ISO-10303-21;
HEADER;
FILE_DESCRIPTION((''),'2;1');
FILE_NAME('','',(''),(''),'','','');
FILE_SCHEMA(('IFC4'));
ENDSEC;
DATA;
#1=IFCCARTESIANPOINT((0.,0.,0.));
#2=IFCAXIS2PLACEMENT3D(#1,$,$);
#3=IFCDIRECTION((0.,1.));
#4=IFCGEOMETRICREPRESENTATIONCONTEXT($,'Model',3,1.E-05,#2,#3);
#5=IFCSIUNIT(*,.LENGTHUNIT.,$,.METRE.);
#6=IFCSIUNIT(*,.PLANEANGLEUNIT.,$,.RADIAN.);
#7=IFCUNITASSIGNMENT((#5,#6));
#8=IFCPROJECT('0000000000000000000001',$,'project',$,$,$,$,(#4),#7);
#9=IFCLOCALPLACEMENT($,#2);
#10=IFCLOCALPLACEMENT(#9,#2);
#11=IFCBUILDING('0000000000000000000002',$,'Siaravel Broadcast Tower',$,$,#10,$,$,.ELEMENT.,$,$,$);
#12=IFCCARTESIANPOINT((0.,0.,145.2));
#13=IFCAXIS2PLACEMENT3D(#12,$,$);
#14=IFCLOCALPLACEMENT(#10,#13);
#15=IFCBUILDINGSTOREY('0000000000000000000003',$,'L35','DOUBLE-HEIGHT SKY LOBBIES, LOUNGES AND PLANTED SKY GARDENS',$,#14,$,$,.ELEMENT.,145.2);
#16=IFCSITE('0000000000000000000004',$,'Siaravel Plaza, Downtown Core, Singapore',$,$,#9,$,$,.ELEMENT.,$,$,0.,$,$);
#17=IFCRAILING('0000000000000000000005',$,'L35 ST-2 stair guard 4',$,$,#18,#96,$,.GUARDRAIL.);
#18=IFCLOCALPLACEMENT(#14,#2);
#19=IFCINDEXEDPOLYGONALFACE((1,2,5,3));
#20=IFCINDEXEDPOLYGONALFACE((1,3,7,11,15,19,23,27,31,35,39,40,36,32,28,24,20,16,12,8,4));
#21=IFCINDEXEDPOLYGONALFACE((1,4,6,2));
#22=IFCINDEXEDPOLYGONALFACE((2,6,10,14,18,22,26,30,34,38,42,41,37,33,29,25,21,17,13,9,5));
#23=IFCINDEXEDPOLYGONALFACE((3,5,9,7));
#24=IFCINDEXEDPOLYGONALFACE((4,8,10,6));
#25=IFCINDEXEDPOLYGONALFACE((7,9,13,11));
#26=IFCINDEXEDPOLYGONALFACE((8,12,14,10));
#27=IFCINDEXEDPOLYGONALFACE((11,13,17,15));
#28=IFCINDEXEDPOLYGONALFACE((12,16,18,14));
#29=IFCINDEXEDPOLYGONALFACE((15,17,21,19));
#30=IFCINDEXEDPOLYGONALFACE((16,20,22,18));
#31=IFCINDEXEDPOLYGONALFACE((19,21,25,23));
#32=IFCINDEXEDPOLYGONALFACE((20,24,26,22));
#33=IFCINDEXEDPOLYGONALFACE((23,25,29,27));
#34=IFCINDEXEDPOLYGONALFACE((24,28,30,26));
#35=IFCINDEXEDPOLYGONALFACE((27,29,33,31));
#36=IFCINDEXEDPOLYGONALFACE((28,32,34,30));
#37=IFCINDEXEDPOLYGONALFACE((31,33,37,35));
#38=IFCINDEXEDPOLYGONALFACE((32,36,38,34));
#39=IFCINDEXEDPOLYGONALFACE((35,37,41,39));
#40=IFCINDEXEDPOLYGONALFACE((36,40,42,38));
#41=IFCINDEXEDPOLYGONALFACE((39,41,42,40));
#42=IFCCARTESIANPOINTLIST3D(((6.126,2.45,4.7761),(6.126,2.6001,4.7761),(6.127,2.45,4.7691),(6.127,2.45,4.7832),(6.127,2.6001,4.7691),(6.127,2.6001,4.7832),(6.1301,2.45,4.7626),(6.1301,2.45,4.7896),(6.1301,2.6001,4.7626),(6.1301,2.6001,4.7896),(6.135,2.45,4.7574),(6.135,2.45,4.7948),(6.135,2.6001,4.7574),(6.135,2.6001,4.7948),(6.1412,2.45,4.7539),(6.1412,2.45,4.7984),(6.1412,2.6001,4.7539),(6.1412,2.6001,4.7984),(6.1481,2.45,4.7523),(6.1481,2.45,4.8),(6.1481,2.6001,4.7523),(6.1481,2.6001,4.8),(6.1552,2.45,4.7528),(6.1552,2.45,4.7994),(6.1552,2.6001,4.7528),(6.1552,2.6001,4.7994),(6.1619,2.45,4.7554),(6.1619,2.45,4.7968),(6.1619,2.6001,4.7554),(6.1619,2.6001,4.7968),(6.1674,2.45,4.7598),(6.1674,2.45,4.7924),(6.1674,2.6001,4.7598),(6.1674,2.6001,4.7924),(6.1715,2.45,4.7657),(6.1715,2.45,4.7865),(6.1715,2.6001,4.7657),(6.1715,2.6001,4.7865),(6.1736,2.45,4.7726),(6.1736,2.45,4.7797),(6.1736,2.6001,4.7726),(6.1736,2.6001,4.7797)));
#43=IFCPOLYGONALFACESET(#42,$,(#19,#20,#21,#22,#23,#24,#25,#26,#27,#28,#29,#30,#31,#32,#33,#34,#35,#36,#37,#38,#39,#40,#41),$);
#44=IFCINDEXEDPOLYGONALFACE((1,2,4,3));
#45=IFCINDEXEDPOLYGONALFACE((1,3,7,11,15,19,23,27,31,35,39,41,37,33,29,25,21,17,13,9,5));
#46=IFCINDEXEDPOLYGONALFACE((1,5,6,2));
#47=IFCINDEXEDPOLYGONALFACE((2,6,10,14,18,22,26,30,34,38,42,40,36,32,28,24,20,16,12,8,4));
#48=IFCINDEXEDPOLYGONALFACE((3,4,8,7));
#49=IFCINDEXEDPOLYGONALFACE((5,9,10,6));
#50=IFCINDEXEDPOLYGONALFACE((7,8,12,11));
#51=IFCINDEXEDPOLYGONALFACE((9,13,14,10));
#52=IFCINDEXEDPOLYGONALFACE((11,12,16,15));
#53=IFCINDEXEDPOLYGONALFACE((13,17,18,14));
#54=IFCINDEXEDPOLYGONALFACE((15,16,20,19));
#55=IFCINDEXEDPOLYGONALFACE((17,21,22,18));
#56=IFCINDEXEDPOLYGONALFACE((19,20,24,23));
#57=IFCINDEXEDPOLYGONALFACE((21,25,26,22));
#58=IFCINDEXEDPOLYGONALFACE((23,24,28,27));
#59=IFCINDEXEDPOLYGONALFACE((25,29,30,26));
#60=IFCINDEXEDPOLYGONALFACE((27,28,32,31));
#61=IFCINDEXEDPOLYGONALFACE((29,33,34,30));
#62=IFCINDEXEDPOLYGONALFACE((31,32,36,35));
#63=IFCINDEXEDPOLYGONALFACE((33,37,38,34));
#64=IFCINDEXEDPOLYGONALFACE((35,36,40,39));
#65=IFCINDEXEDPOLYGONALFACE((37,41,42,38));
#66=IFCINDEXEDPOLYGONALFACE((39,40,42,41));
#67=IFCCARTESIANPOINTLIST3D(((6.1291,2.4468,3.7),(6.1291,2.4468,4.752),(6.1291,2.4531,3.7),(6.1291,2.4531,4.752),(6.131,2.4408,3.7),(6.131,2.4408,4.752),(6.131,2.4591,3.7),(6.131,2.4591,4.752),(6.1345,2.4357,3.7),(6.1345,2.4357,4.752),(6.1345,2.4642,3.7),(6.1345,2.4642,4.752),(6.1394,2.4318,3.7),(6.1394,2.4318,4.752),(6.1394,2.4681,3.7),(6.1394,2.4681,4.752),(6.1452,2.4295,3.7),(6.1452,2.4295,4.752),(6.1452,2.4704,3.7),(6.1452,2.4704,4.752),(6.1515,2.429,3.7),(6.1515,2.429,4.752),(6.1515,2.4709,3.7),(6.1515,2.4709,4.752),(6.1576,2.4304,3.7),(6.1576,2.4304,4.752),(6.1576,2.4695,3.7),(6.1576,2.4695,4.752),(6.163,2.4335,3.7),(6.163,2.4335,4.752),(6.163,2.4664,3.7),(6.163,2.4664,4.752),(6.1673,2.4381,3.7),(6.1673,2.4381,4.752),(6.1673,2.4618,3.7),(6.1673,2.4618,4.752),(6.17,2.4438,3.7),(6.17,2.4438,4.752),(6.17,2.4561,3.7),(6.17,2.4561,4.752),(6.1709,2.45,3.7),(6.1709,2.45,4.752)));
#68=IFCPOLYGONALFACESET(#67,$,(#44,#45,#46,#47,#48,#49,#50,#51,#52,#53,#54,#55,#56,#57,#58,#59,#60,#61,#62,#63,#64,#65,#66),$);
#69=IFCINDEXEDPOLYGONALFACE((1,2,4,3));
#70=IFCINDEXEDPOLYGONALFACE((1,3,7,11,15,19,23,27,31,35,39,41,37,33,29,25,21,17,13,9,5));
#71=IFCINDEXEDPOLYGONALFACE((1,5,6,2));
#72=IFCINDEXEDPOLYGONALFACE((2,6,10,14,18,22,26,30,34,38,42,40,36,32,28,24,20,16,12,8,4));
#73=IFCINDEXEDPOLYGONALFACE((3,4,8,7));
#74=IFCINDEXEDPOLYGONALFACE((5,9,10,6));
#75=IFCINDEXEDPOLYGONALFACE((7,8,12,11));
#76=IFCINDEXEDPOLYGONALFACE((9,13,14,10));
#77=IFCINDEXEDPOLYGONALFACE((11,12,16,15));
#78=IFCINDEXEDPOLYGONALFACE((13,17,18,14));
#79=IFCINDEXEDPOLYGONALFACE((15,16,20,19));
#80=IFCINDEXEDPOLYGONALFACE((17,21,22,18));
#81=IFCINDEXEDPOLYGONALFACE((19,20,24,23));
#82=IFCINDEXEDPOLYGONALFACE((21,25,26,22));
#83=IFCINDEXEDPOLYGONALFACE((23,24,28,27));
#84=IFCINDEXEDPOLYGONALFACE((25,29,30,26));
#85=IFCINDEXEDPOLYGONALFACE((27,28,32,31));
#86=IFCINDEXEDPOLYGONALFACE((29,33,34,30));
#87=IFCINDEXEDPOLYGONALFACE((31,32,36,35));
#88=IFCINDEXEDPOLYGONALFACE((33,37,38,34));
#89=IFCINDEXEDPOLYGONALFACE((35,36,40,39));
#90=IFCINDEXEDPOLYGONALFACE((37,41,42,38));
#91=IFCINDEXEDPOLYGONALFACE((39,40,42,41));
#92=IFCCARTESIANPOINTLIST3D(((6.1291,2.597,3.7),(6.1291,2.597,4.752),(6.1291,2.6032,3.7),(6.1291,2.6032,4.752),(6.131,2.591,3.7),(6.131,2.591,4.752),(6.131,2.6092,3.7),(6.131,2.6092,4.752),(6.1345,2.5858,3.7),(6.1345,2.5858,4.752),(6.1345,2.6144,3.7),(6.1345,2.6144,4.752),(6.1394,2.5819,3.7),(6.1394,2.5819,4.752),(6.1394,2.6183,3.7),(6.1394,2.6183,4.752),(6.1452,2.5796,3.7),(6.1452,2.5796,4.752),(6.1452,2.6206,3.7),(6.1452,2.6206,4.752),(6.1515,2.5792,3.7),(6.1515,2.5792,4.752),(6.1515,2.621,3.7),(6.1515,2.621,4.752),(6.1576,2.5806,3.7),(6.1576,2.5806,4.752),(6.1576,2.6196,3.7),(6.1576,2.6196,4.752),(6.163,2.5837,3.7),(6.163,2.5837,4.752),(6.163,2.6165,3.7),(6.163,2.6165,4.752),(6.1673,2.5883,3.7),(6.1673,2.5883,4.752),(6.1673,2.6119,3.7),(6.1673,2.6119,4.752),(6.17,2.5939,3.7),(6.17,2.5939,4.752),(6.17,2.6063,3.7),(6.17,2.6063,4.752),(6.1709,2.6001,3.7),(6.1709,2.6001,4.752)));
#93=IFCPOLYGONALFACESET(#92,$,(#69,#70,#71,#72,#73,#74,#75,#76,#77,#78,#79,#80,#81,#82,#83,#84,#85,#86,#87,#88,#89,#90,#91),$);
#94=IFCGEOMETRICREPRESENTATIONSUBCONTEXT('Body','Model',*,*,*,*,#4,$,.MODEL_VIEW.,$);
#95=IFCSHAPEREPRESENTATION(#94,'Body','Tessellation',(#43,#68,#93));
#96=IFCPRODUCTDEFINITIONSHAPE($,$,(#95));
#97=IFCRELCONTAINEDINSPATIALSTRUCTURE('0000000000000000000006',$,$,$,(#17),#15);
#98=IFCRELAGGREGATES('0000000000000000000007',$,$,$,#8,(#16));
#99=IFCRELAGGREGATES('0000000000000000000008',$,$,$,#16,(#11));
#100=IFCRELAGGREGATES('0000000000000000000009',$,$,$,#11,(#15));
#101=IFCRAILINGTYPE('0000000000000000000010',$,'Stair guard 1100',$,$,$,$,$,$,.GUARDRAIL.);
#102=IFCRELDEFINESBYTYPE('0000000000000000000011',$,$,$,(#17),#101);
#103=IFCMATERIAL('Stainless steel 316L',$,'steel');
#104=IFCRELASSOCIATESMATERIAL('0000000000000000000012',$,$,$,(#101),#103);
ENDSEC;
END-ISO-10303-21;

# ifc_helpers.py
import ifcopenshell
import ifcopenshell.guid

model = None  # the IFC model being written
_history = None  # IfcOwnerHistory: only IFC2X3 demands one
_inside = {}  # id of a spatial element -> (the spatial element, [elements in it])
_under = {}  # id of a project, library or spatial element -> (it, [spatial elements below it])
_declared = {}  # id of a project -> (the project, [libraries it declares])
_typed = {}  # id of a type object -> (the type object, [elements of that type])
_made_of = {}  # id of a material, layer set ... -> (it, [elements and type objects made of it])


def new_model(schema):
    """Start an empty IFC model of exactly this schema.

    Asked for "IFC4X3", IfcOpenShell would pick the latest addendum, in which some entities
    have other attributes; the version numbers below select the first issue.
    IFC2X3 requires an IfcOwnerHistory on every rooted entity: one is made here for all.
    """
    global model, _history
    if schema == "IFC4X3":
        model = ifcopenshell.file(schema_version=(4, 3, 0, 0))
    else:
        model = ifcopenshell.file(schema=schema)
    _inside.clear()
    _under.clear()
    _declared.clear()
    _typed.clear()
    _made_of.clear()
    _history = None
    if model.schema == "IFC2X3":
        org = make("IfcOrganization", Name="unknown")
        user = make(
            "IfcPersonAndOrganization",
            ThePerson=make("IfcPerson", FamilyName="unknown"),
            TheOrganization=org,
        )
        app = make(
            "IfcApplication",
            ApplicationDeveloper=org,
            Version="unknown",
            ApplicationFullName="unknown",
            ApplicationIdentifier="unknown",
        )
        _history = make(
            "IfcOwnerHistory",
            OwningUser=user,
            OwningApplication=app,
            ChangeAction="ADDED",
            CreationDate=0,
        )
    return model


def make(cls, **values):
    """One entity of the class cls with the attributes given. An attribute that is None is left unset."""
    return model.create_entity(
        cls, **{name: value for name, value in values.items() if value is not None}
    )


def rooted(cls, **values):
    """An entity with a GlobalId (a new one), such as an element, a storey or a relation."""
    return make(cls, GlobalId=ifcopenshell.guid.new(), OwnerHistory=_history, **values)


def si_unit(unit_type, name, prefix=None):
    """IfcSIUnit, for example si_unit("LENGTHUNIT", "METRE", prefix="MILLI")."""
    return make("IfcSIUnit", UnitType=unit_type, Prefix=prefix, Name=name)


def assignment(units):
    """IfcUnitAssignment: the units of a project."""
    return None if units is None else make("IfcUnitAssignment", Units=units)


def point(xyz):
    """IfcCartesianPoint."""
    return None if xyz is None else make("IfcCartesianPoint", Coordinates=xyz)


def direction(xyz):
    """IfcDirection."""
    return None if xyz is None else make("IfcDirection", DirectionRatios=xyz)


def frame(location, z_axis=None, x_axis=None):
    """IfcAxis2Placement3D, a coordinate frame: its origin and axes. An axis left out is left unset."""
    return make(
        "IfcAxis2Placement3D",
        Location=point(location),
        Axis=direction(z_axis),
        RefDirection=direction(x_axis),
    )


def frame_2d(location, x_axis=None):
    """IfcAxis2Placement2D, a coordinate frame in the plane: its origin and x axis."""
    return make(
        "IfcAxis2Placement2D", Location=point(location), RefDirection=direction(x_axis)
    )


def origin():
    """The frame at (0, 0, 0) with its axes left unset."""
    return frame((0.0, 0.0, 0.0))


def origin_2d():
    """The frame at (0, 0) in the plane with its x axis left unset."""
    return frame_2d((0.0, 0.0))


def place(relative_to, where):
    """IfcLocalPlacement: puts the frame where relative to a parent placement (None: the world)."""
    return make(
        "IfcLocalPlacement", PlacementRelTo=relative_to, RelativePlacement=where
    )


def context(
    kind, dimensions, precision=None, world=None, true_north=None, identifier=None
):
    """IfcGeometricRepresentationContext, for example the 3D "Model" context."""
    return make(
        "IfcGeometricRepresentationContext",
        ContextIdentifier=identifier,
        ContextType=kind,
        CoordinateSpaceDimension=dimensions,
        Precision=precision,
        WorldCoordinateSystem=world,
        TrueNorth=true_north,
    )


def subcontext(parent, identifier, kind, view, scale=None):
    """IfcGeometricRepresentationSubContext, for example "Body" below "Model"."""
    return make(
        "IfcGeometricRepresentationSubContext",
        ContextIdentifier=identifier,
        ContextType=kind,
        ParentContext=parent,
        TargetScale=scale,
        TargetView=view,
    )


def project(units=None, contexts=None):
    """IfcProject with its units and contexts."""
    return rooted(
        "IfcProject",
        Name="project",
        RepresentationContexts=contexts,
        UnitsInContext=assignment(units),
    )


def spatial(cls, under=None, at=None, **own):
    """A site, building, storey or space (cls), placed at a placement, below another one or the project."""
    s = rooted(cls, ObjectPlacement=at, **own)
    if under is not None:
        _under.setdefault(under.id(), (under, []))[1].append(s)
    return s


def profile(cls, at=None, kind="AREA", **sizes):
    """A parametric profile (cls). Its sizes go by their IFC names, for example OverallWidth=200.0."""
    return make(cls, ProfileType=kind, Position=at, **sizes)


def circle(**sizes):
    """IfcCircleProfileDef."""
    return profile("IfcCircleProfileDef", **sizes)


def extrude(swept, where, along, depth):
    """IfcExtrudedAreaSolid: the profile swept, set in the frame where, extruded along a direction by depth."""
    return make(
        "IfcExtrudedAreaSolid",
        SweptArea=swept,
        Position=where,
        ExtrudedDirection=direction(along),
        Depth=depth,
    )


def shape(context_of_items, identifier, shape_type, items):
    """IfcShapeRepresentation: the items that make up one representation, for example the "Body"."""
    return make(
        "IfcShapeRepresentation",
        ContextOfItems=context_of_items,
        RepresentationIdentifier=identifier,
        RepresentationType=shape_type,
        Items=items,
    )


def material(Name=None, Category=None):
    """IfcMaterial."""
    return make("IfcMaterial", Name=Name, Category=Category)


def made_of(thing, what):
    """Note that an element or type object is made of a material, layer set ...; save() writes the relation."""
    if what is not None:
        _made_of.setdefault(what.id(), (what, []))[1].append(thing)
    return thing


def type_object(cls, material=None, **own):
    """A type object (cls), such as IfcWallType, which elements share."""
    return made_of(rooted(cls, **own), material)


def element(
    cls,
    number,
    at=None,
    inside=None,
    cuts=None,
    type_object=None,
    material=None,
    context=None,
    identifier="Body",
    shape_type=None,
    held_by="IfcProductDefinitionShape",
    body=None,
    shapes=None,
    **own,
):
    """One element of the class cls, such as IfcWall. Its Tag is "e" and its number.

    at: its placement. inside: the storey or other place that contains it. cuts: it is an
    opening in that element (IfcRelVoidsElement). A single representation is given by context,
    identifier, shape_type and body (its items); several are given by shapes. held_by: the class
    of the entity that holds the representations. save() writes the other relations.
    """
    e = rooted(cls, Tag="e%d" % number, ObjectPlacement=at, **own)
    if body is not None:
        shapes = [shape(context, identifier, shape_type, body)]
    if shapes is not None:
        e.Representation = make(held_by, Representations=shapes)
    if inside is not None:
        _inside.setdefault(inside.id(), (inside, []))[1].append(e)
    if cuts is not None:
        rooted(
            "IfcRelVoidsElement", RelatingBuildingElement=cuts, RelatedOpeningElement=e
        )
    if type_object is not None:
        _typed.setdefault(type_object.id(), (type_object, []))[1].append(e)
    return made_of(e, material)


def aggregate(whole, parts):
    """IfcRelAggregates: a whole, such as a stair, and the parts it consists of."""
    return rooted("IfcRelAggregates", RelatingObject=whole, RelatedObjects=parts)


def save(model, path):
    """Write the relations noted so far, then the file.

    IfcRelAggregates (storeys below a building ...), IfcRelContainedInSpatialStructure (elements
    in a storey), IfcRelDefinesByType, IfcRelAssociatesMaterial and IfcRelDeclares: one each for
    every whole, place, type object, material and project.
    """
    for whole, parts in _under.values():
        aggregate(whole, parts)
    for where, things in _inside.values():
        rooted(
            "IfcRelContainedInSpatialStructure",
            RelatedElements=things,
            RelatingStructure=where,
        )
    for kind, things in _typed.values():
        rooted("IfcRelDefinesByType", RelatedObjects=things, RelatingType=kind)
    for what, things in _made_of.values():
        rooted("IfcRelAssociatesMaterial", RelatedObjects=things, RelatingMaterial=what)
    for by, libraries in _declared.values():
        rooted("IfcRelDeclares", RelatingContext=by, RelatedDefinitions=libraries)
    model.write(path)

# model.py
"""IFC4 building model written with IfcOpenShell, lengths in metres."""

from ifc_helpers import new_model, si_unit, direction, frame, origin, origin_2d, place, context, subcontext, project, spatial, circle, extrude, material, type_object, element, save


model = new_model("IFC4")

# Units and contexts
model_context = context("Model", 3, precision=1e-05, world=origin(), true_north=direction((0.0, 1.0)))
body_context = subcontext(model_context, "Body", "Model", "MODEL_VIEW")
ifc_project = project(units=[si_unit("LENGTHUNIT", "METRE"), si_unit("PLANEANGLEUNIT", "RADIAN")], contexts=[model_context])

# Site, building, storey
site_placement = place(None, origin())
site = spatial("IfcSite", under=ifc_project, at=site_placement, Name="Siaravel Plaza, Downtown Core, Singapore", CompositionType="ELEMENT", RefElevation=0.0)
building_placement = place(site_placement, origin())
building = spatial("IfcBuilding", under=site, at=building_placement, Name="Siaravel Broadcast Tower", CompositionType="ELEMENT")
storey_placement = place(building_placement, frame((0.0, 0.0, 145.2)))
storey = spatial("IfcBuildingStorey", under=building, at=storey_placement, Name="L35", Description="DOUBLE-HEIGHT SKY LOBBIES, LOUNGES AND PLANTED SKY GARDENS", CompositionType="ELEMENT", Elevation=145.2)

# Railing
ifc_material_1 = material(Name="Stainless steel 316L", Category="steel")
railing_type_1 = type_object("IfcRailingType", Name="Stair guard 1100", PredefinedType="GUARDRAIL", material=ifc_material_1)
railing_1_placement = place(storey_placement, frame((6.1499, 2.45, 3.7)))
element("IfcRailing", 1, at=railing_1_placement, inside=storey, type_object=railing_type_1, Name="L35 ST-2 stair guard 4", PredefinedType="GUARDRAIL", context=body_context, shape_type="SweptSolid", body=[
    extrude(circle(Radius=0.0239, at=origin_2d()), frame((0.0, 0.0, 1.0762), z_axis=(0.0, 1.0, 0.0), x_axis=(-1.0, 0.0, 0.0)), (0.0, 0.0, 1.0), 0.1501),
    extrude(circle(Radius=0.021, at=origin_2d()), origin(), (0.0, 0.0, 1.0), 1.052),
    extrude(circle(Radius=0.021, at=origin_2d()), frame((0.0, 0.1501, 0.0)), (0.0, 0.0, 1.0), 1.052),
])

save(model, "model.ifc")
